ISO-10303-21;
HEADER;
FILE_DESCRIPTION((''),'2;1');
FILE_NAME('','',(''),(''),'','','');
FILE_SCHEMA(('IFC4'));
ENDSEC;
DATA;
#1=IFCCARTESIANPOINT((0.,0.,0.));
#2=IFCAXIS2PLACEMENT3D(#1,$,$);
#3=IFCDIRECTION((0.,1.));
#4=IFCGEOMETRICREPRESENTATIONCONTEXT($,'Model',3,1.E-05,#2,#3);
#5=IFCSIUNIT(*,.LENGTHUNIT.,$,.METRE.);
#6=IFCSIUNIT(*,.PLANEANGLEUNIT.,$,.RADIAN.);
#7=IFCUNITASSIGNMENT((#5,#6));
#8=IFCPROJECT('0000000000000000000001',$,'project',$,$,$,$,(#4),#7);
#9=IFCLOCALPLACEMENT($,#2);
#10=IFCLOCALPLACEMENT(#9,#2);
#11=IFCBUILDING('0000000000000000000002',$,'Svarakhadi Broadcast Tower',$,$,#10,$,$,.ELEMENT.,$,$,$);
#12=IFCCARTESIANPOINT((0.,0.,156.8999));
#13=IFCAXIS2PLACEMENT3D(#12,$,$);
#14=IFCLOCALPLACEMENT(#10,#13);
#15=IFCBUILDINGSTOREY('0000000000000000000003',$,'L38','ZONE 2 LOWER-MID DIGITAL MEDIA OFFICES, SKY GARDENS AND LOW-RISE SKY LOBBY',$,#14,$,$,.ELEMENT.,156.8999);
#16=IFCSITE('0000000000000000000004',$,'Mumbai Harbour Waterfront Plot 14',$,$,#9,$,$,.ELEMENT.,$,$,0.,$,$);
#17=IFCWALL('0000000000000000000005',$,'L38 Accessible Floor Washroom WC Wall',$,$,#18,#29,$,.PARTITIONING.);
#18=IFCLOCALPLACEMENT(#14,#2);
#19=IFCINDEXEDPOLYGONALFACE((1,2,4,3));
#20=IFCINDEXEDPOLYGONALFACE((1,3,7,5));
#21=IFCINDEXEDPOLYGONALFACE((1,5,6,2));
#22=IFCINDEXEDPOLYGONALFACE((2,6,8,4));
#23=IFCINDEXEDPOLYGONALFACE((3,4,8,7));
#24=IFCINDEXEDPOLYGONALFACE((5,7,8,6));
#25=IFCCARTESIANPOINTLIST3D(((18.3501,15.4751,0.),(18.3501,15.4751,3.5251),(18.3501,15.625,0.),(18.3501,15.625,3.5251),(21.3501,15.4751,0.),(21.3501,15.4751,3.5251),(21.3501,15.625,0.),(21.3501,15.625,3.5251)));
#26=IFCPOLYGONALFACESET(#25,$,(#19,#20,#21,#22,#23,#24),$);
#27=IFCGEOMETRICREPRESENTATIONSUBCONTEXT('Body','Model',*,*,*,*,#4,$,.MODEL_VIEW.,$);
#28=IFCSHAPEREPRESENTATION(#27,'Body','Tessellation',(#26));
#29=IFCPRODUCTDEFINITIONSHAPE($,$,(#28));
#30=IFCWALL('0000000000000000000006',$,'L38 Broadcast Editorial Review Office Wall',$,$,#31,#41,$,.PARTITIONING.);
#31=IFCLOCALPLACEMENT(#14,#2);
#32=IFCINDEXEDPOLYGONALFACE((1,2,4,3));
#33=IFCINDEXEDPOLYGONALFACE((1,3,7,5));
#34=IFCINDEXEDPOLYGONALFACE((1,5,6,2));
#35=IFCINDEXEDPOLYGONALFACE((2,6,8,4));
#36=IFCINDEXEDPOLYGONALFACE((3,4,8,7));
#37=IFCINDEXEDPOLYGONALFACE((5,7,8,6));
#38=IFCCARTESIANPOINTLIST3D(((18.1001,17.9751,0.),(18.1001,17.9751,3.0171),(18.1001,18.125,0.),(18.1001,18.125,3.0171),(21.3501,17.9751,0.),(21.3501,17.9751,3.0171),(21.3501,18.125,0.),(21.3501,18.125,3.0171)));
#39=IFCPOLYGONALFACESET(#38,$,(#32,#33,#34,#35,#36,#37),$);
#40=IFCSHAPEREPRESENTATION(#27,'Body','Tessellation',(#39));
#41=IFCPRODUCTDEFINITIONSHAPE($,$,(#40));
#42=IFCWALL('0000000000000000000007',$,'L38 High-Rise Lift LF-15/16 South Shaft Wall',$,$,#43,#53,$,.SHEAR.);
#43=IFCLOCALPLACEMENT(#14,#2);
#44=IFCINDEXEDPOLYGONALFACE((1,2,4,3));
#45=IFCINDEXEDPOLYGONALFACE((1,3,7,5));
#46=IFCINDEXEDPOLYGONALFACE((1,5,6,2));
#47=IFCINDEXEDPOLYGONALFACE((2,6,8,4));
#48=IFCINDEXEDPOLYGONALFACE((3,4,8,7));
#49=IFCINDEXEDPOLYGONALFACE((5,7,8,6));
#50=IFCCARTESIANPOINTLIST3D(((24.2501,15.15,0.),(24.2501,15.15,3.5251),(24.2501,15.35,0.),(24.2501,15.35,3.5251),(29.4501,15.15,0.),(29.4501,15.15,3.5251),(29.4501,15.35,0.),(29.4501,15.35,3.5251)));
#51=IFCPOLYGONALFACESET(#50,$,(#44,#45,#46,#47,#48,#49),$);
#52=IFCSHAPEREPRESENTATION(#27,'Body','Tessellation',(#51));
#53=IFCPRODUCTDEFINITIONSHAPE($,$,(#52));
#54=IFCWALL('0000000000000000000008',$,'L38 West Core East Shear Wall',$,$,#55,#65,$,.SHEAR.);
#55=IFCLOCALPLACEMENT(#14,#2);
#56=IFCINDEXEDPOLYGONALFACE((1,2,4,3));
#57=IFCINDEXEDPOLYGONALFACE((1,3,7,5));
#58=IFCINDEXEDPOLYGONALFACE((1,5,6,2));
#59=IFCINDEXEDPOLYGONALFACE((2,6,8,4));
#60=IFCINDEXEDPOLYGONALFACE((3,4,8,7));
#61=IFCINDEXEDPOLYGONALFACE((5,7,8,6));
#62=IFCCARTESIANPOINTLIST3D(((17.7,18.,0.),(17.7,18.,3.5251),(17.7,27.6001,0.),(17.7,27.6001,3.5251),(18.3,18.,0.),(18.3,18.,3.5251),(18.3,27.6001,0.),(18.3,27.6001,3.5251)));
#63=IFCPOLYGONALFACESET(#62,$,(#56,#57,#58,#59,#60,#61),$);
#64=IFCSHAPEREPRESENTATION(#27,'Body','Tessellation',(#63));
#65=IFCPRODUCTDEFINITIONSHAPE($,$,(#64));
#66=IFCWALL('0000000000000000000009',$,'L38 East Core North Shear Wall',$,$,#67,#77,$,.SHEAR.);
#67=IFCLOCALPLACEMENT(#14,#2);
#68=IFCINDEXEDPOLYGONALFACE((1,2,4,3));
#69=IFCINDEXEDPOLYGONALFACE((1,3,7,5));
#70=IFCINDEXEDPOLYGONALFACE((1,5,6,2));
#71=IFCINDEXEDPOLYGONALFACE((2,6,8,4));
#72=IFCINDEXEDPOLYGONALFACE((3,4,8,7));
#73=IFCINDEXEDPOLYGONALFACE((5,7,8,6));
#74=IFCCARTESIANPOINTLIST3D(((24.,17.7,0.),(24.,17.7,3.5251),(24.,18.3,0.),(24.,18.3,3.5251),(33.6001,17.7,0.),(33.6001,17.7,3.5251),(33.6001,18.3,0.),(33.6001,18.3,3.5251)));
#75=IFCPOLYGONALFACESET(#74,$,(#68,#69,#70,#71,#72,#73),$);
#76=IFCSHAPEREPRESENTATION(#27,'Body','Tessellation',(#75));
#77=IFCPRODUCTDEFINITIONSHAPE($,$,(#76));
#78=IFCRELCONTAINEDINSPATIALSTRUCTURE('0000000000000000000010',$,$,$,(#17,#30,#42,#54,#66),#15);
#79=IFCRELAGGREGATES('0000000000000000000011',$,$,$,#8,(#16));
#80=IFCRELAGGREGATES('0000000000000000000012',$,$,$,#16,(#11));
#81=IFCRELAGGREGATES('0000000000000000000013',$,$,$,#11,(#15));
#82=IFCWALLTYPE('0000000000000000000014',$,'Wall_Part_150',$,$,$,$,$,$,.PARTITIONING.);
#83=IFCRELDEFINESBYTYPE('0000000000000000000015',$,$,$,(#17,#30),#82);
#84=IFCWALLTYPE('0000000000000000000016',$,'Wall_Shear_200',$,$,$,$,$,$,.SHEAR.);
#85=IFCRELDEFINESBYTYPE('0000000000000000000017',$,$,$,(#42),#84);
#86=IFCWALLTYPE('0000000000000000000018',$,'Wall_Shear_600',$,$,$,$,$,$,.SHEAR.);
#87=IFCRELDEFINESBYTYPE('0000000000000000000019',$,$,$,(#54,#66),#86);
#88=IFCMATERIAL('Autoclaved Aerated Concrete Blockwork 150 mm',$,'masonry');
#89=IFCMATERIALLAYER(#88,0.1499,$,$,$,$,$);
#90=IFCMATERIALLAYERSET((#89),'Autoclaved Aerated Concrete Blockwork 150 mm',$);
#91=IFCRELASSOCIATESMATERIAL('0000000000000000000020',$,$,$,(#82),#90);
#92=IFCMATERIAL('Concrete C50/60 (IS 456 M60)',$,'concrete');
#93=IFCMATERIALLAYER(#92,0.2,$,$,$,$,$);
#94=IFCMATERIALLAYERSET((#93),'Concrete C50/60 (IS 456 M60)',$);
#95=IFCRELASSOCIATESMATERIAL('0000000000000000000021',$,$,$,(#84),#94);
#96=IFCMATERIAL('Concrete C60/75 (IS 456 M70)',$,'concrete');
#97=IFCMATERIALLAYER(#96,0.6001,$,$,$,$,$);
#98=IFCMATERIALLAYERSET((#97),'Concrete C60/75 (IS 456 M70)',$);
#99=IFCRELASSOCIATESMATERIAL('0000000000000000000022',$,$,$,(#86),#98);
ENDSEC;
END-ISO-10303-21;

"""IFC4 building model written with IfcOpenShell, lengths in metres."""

from ifc_helpers import new_model, si_unit, direction, frame, frame_2d, origin, place, context, subcontext, project, spatial, rectangle, extrude, material, layer, layer_set, type_object, element, save


model = new_model("IFC4")

# Units and contexts
model_context = context("Model", 3, precision=1e-05, world=origin(), true_north=direction((0.0, 1.0)))
body_context = subcontext(model_context, "Body", "Model", "MODEL_VIEW")
ifc_project = project(units=[si_unit("LENGTHUNIT", "METRE"), si_unit("PLANEANGLEUNIT", "RADIAN")], contexts=[model_context])

# Site, building, storey
site_placement = place(None, origin())
site = spatial("IfcSite", under=ifc_project, at=site_placement, Name="Mumbai Harbour Waterfront Plot 14", CompositionType="ELEMENT", RefElevation=0.0)
building_placement = place(site_placement, origin())
building = spatial("IfcBuilding", under=site, at=building_placement, Name="Svarakhadi Broadcast Tower", CompositionType="ELEMENT")
storey_placement = place(building_placement, frame((0.0, 0.0, 156.8999)))
storey = spatial("IfcBuildingStorey", under=building, at=storey_placement, Name="L38", Description="ZONE 2 LOWER-MID DIGITAL MEDIA OFFICES, SKY GARDENS AND LOW-RISE SKY LOBBY", CompositionType="ELEMENT", Elevation=156.8999)

# Shared definitions
ifc_material_1 = material(Name="Concrete C50/60 (IS 456 M60)", Category="concrete")

# Walls
ifc_material_2 = material(Name="Autoclaved Aerated Concrete Blockwork 150 mm", Category="masonry")
ifc_layer_1 = layer(ifc_material_2, 0.1499)
ifc_layer_set_1 = layer_set([ifc_layer_1], Name="Autoclaved Aerated Concrete Blockwork 150 mm")
wall_type_1 = type_object("IfcWallType", Name="Wall_Part_150", PredefinedType="PARTITIONING", material=ifc_layer_set_1)
wall_1_placement = place(storey_placement, frame((18.3501, 15.55, 0.0), z_axis=(0.0, 0.0, 1.0), x_axis=(1.0, 0.0, 0.0)))
element("IfcWall", 1, at=wall_1_placement, inside=storey, type_object=wall_type_1, Name="L38 Accessible Floor Washroom WC Wall", PredefinedType="PARTITIONING", context=body_context, shape_type="SweptSolid", body=[
    extrude(rectangle(XDim=3.0, YDim=0.1499, at=frame_2d((1.5, 0.0))), origin(), (0.0, 0.0, 1.0), 3.5251),
])
wall_2_placement = place(storey_placement, frame((18.1001, 18.05, 0.0), z_axis=(0.0, 0.0, 1.0), x_axis=(1.0, 0.0, 0.0)))
element("IfcWall", 2, at=wall_2_placement, inside=storey, type_object=wall_type_1, Name="L38 Broadcast Editorial Review Office Wall", PredefinedType="PARTITIONING", context=body_context, shape_type="SweptSolid", body=[
    extrude(rectangle(XDim=3.25, YDim=0.1499, at=frame_2d((1.625, 0.0))), origin(), (0.0, 0.0, 1.0), 3.0171),
])
ifc_layer_2 = layer(ifc_material_1, 0.2)
ifc_layer_set_2 = layer_set([ifc_layer_2], Name="Concrete C50/60 (IS 456 M60)")
wall_type_2 = type_object("IfcWallType", Name="Wall_Shear_200", PredefinedType="SHEAR", material=ifc_layer_set_2)
wall_3_placement = place(storey_placement, frame((24.25, 15.25, 0.0), z_axis=(0.0, 0.0, 1.0), x_axis=(1.0, 0.0, 0.0)))
element("IfcWall", 3, at=wall_3_placement, inside=storey, type_object=wall_type_2, Name="L38 High-Rise Lift LF-15/16 South Shaft Wall", PredefinedType="SHEAR", context=body_context, shape_type="SweptSolid", body=[
    extrude(rectangle(XDim=5.2, YDim=0.2, at=frame_2d((2.6001, 0.0))), origin(), (0.0, 0.0, 1.0), 3.5251),
])

# Walls
ifc_material_3 = material(Name="Concrete C60/75 (IS 456 M70)", Category="concrete")
ifc_layer_3 = layer(ifc_material_3, 0.6001)
ifc_layer_set_3 = layer_set([ifc_layer_3], Name="Concrete C60/75 (IS 456 M70)")
wall_type_3 = type_object("IfcWallType", Name="Wall_Shear_600", PredefinedType="SHEAR", material=ifc_layer_set_3)
for number, where, z_axis, x_axis, name in (
    (4, (18.0, 18.0, 0.0), (0.0, 0.0, 1.0), (0.0, 1.0, 0.0), "L38 West Core East Shear Wall"),
    (5, (24.0, 18.0, 0.0), (0.0, 0.0, 1.0), (1.0, 0.0, 0.0), "L38 East Core North Shear Wall"),
):
    element("IfcWall", number, at=place(storey_placement, frame(where, z_axis=z_axis, x_axis=x_axis)), inside=storey, type_object=wall_type_3, Name=name, PredefinedType="SHEAR", context=body_context, shape_type="SweptSolid", body=[
        extrude(rectangle(XDim=9.6001, YDim=0.6001, at=frame_2d((4.8, 0.0))), origin(), (0.0, 0.0, 1.0), 3.5251),
    ])

save(model, "model.ifc")
